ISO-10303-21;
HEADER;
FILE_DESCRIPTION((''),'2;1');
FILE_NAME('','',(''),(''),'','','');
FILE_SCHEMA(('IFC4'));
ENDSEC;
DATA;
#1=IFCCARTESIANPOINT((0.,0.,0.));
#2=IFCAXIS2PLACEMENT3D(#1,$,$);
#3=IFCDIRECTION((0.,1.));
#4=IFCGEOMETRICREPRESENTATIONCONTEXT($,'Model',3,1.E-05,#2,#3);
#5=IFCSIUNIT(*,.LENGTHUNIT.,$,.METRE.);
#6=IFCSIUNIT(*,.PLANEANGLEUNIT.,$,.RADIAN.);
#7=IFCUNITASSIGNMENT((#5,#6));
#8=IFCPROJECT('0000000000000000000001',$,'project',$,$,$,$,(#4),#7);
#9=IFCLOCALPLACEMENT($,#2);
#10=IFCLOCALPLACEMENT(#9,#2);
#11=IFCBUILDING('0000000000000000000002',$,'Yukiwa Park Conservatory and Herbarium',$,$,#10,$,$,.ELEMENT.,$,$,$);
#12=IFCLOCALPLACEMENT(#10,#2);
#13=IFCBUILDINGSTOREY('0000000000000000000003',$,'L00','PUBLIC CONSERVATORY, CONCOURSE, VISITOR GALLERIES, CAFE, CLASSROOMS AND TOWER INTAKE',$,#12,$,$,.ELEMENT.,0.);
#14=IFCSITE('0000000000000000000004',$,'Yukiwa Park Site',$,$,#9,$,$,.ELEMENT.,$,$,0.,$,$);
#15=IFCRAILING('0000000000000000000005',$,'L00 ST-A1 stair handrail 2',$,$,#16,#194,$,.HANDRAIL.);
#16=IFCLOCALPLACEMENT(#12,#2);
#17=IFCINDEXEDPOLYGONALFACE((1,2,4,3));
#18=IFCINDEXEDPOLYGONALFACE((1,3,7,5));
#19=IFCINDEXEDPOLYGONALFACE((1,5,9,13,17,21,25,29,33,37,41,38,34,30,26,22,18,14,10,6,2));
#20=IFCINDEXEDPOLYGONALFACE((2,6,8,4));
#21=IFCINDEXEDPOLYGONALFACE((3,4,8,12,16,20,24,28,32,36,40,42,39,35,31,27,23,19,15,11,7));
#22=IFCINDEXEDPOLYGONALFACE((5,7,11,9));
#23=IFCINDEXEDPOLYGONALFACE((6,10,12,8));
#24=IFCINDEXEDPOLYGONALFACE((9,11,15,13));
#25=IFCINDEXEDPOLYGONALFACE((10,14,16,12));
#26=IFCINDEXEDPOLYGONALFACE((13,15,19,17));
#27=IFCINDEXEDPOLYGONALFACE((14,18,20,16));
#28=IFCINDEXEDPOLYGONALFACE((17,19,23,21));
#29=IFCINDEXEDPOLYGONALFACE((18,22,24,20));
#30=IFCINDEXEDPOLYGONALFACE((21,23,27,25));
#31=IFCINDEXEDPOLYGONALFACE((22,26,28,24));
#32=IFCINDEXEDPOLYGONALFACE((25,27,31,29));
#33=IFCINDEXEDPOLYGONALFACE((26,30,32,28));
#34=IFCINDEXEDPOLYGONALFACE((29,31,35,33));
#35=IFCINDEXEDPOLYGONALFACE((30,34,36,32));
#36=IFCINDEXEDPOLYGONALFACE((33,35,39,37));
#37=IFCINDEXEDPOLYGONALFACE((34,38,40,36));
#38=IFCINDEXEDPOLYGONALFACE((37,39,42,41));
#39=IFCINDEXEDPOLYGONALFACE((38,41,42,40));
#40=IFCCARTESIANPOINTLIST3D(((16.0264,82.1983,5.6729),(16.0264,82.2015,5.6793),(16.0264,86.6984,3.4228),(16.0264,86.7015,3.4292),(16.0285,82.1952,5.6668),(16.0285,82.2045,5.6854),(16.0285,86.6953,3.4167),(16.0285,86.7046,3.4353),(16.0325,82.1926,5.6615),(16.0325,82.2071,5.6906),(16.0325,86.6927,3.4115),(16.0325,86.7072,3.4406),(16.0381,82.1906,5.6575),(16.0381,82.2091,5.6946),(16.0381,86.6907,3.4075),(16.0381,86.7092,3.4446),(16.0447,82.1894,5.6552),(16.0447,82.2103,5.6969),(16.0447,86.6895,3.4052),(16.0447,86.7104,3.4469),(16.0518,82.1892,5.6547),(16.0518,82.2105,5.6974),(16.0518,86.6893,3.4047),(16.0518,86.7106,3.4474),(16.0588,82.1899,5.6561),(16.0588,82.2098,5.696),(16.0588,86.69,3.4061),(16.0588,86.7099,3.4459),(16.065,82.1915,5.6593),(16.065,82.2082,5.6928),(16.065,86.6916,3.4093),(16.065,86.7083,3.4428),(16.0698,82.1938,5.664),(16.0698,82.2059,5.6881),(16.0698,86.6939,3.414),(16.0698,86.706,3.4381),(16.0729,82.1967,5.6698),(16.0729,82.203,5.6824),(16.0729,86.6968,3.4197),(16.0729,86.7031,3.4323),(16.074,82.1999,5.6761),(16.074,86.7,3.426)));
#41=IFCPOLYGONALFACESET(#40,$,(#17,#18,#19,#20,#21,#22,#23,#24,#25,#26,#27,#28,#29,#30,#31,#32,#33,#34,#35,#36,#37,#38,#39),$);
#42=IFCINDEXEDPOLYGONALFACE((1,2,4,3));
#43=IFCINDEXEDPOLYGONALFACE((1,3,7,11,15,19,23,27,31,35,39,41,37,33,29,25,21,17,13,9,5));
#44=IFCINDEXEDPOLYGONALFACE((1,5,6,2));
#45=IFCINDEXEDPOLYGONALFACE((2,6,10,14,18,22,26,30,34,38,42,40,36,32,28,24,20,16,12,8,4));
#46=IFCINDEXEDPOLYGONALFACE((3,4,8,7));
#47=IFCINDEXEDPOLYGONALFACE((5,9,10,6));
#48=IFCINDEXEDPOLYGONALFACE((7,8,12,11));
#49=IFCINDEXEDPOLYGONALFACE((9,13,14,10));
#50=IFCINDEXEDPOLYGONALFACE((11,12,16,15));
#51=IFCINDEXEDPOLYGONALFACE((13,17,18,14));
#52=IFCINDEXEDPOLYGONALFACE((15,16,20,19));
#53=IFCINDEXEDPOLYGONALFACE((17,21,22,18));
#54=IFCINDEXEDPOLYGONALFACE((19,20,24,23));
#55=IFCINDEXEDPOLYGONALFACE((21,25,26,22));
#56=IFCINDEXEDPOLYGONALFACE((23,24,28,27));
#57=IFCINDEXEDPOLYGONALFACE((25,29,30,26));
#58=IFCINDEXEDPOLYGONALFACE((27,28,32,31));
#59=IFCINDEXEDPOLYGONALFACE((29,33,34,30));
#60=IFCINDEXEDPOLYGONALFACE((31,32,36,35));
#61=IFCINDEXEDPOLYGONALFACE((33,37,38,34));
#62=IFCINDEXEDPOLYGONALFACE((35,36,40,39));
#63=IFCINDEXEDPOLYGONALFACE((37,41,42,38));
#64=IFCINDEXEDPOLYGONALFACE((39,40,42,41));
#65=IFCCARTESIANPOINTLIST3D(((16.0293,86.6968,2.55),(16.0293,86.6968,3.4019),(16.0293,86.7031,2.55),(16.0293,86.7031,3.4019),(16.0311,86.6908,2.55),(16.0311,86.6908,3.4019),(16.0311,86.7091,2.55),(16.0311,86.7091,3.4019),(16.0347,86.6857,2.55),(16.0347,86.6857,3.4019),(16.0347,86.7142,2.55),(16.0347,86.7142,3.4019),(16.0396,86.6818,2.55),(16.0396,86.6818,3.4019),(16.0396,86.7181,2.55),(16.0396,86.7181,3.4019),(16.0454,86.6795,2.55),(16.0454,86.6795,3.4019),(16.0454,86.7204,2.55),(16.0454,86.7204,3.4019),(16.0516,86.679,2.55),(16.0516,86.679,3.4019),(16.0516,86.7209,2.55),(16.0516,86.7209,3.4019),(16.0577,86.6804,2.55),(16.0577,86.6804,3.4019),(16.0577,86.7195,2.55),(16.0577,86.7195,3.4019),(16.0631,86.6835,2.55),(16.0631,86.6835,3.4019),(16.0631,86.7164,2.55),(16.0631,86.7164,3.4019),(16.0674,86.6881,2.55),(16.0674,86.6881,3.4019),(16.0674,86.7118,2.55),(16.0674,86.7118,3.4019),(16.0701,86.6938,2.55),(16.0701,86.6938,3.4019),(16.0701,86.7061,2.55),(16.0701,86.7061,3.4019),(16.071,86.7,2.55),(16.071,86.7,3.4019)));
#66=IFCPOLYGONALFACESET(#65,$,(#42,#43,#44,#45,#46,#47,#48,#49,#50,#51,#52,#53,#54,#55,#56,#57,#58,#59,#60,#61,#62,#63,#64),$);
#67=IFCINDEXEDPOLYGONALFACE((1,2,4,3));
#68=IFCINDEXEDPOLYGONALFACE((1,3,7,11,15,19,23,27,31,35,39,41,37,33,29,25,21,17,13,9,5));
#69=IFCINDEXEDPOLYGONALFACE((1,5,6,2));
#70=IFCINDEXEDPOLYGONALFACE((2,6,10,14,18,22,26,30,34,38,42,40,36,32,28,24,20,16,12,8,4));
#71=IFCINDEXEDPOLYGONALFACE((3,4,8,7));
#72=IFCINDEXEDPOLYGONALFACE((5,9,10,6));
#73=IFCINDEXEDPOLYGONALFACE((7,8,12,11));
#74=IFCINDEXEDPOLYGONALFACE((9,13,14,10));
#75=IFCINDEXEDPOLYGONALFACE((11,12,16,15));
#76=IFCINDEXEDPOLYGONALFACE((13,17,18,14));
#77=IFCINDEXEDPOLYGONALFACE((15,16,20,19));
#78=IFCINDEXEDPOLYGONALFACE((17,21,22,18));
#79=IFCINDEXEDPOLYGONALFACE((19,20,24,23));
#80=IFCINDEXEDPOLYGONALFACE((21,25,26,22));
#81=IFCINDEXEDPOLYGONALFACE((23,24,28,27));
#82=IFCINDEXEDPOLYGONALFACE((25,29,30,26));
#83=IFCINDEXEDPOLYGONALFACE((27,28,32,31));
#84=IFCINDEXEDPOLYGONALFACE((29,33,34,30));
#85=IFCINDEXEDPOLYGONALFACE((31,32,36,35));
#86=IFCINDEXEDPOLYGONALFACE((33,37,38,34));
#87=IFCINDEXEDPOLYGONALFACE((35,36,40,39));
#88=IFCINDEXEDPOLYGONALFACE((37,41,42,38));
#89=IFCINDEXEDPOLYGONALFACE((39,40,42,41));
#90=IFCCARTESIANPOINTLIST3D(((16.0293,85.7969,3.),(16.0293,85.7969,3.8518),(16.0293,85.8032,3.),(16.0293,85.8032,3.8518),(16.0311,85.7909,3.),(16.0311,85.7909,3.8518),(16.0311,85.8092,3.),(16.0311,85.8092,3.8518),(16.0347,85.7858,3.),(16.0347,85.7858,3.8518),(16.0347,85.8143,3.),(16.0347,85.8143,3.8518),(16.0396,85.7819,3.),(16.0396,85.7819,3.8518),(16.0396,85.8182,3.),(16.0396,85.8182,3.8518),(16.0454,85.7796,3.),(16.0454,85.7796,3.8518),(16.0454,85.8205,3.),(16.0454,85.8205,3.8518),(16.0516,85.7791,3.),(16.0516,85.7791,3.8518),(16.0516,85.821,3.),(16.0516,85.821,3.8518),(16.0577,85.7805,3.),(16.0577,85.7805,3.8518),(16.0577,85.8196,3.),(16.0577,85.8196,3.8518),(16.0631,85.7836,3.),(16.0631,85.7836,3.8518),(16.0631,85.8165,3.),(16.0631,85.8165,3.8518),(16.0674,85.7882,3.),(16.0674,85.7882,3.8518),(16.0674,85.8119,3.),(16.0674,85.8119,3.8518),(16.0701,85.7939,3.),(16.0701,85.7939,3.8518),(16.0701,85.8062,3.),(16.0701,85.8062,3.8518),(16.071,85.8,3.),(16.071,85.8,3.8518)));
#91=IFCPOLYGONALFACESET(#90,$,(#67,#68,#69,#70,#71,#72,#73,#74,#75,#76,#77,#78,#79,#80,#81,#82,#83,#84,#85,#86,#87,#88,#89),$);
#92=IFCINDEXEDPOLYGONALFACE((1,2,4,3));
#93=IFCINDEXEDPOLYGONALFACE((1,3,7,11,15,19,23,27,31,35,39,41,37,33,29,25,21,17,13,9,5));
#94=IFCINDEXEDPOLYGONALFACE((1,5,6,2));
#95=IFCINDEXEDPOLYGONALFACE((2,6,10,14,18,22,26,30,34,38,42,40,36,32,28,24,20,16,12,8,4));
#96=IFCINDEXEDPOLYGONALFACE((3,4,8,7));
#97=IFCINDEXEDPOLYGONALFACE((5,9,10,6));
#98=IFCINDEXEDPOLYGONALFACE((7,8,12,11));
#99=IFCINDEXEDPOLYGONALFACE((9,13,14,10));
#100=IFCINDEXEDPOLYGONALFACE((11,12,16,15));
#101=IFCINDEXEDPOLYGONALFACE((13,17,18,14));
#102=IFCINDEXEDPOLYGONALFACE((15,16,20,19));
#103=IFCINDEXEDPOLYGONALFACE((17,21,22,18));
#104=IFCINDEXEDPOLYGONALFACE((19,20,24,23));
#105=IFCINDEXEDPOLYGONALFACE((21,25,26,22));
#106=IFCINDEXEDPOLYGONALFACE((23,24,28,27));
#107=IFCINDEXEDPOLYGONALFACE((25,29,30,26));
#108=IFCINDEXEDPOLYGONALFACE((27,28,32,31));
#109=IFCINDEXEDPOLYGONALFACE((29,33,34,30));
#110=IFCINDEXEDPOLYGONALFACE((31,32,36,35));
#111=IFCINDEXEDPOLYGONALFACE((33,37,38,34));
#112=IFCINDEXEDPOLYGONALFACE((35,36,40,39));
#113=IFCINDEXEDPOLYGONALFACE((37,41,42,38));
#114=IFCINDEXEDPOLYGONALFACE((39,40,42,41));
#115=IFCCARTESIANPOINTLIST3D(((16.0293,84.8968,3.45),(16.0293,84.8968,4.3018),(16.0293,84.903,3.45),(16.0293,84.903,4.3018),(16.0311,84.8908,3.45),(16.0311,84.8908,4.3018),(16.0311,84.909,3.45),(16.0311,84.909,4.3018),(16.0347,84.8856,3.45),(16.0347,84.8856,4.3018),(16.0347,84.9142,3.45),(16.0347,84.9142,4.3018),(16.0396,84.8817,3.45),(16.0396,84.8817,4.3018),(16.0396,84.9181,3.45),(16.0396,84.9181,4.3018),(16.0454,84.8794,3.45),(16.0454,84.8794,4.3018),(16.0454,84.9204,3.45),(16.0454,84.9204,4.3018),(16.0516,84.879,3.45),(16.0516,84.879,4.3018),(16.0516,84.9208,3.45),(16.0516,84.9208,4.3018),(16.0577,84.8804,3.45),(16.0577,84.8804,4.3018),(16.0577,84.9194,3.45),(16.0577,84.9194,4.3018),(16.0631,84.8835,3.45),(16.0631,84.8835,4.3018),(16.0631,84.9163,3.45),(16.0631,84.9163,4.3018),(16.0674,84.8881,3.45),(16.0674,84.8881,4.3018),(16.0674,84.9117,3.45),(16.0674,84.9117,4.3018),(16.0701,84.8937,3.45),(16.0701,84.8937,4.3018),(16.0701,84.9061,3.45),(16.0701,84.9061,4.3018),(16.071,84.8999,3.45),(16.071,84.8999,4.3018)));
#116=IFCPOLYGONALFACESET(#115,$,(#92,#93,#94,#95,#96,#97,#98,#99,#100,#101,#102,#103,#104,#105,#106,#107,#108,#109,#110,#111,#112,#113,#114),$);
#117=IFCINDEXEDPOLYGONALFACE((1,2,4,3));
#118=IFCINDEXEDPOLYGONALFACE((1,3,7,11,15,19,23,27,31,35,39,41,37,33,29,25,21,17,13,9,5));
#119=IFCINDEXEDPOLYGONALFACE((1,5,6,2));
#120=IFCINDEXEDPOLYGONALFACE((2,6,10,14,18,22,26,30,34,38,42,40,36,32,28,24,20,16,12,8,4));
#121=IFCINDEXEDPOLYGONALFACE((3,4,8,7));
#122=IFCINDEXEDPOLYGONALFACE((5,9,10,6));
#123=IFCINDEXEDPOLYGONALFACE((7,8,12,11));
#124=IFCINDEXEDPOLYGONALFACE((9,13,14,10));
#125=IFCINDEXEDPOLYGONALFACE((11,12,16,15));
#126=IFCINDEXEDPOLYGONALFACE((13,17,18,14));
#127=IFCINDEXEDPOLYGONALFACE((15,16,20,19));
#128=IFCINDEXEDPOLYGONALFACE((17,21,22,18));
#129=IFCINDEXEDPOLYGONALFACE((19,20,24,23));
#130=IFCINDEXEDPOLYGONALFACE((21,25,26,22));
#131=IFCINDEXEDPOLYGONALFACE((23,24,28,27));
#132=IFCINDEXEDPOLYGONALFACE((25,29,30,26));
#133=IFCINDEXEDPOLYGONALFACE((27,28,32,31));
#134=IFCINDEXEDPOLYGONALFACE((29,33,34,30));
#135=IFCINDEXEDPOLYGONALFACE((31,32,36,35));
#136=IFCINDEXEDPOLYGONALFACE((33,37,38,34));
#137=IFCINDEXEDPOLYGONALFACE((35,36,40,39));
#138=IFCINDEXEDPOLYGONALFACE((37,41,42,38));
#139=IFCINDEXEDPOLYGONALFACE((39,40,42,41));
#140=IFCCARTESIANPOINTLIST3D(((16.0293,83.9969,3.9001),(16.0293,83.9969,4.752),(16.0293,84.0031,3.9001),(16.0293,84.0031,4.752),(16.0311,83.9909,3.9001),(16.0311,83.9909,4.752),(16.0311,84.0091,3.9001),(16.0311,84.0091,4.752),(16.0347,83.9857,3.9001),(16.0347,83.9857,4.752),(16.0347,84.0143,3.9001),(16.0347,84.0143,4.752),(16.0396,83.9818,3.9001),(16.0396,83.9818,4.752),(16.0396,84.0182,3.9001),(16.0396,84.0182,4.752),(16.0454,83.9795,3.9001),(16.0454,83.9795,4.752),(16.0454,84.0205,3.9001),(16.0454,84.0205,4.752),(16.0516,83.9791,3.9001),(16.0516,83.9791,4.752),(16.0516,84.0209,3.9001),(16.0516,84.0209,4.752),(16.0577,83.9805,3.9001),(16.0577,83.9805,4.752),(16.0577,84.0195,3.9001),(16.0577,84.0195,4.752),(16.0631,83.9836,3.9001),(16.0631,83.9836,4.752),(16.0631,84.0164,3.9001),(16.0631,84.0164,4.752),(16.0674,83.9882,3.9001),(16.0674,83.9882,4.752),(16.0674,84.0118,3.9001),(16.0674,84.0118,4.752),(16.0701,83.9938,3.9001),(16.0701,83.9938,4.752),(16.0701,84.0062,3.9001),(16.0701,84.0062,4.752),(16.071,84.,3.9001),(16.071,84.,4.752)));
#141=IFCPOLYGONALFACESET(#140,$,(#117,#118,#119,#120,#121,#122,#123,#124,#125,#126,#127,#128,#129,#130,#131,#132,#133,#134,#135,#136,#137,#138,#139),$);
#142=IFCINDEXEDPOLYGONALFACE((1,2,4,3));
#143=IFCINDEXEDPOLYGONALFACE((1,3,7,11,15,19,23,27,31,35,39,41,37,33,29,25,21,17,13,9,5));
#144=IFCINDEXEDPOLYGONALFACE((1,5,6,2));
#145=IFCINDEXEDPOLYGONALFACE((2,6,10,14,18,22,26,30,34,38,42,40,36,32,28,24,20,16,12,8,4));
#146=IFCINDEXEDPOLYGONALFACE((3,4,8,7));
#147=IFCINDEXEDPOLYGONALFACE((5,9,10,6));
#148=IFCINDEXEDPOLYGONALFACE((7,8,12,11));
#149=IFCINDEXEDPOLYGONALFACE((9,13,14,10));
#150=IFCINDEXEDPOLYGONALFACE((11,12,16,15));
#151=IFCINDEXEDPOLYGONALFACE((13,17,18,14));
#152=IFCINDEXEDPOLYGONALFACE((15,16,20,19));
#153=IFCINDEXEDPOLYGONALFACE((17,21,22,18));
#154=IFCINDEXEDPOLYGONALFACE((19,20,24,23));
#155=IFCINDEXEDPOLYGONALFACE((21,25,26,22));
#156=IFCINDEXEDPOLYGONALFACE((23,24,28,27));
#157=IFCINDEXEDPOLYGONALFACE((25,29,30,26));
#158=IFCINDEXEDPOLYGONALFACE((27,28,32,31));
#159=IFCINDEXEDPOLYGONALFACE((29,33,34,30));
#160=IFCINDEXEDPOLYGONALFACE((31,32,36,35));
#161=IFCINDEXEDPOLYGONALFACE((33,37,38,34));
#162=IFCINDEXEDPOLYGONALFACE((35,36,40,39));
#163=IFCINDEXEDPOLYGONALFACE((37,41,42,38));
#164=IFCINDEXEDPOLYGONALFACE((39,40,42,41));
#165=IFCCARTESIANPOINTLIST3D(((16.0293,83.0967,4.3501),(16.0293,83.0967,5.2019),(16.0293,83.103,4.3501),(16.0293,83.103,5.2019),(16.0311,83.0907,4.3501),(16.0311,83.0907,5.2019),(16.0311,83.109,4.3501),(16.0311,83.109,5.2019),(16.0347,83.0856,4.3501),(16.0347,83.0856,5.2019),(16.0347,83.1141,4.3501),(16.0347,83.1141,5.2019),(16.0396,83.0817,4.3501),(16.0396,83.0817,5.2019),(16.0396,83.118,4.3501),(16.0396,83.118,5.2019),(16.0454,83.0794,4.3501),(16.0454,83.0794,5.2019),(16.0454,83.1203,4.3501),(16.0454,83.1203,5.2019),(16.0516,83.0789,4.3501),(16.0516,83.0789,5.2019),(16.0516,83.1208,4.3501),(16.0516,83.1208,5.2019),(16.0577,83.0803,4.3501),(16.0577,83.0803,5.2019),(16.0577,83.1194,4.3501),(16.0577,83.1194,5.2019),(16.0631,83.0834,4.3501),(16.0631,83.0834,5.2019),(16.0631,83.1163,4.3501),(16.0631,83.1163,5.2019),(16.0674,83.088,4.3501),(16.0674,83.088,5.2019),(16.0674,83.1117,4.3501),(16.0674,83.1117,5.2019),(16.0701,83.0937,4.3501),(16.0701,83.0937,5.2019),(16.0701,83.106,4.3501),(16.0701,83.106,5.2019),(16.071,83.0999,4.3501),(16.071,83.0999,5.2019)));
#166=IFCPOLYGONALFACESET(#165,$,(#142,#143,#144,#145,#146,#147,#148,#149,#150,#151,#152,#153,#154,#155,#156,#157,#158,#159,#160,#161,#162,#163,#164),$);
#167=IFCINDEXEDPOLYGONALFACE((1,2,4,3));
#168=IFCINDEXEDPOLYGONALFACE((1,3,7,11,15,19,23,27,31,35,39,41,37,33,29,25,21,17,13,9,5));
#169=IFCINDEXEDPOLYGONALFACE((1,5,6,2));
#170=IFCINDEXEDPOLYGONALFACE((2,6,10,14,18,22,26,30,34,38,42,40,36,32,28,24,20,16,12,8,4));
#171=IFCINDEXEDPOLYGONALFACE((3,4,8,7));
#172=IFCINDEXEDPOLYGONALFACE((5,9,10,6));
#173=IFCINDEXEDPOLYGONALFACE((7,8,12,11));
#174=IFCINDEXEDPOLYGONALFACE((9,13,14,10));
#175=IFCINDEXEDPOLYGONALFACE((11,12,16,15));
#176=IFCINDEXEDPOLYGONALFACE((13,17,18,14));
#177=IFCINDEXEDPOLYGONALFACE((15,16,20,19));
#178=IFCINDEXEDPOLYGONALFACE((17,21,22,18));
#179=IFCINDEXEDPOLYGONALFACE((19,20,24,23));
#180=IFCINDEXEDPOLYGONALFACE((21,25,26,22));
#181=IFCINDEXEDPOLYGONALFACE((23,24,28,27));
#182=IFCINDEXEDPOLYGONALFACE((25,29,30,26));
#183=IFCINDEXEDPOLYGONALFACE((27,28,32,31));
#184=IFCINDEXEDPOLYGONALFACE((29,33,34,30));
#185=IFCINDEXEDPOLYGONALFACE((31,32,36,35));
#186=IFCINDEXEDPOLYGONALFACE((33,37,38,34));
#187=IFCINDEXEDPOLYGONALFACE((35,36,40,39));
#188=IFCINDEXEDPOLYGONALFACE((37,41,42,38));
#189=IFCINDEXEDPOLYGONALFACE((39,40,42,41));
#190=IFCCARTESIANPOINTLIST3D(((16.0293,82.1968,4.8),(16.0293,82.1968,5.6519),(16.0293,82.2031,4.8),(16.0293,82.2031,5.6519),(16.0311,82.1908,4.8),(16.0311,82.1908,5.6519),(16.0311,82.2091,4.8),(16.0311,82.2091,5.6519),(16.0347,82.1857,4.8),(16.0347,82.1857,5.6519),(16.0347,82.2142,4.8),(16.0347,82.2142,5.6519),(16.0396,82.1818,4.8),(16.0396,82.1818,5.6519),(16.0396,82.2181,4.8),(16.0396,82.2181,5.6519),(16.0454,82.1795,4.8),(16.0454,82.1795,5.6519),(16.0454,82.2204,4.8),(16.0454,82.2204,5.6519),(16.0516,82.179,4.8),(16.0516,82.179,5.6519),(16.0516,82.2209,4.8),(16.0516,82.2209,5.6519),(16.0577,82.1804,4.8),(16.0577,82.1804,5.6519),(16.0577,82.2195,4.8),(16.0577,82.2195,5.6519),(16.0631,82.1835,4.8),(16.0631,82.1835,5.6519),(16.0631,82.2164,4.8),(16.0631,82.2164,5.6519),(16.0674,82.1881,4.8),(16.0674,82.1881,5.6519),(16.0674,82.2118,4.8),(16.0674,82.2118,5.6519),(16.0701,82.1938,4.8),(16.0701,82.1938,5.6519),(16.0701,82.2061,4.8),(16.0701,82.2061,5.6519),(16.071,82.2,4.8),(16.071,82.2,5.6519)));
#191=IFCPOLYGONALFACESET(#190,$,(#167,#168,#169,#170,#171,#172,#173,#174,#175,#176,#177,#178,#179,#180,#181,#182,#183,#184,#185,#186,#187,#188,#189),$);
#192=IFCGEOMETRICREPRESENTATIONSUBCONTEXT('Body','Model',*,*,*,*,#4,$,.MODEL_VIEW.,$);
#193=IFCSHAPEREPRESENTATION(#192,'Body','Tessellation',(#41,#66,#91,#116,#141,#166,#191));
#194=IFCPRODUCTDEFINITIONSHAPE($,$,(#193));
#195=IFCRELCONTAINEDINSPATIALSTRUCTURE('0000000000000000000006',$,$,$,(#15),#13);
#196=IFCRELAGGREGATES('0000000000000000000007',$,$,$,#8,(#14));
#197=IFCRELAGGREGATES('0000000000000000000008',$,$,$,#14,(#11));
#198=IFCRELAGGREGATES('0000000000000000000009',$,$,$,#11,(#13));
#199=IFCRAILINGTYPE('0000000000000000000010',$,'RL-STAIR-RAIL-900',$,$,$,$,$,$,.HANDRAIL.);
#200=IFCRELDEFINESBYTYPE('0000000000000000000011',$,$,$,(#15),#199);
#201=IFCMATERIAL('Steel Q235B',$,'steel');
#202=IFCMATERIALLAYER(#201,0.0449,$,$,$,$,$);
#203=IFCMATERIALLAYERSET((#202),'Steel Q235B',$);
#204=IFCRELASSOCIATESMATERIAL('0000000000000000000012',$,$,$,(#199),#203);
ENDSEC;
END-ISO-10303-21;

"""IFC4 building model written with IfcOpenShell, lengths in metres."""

from ifc_helpers import new_model, si_unit, direction, frame, origin, origin_2d, place, context, subcontext, project, spatial, circle, extrude, material, layer, layer_set, type_object, element, save


model = new_model("IFC4")

# Units and contexts
model_context = context("Model", 3, precision=1e-05, world=origin(), true_north=direction((0.0, 1.0)))
body_context = subcontext(model_context, "Body", "Model", "MODEL_VIEW")
ifc_project = project(units=[si_unit("LENGTHUNIT", "METRE"), si_unit("PLANEANGLEUNIT", "RADIAN")], contexts=[model_context])

# Site, building, storey
site_placement = place(None, origin())
site = spatial("IfcSite", under=ifc_project, at=site_placement, Name="Yukiwa Park Site", CompositionType="ELEMENT", RefElevation=0.0)
building_placement = place(site_placement, origin())
building = spatial("IfcBuilding", under=site, at=building_placement, Name="Yukiwa Park Conservatory and Herbarium", CompositionType="ELEMENT")
storey_placement = place(building_placement, origin())
storey = spatial("IfcBuildingStorey", under=building, at=storey_placement, Name="L00", Description="PUBLIC CONSERVATORY, CONCOURSE, VISITOR GALLERIES, CAFE, CLASSROOMS AND TOWER INTAKE", CompositionType="ELEMENT", Elevation=0.0)

# Railing
ifc_material_1 = material(Name="Steel Q235B", Category="steel")
ifc_layer_1 = layer(ifc_material_1, 0.0449)
ifc_layer_set_1 = layer_set([ifc_layer_1], Name="Steel Q235B")
railing_type_1 = type_object("IfcRailingType", Name="RL-STAIR-RAIL-900", PredefinedType="HANDRAIL", material=ifc_layer_set_1)
railing_1_placement = place(storey_placement, frame((16.05, 86.7, 2.55)))
element("IfcRailing", 1, at=railing_1_placement, inside=storey, type_object=railing_type_1, Name="L00 ST-A1 stair handrail 2", PredefinedType="HANDRAIL", context=body_context, shape_type="SweptSolid", body=[
    extrude(circle(Radius=0.0239, at=origin_2d()), frame((0.0, 0.0, 0.876), z_axis=(0.0, -0.894427, 0.447214), x_axis=(1.0, 0.0, 0.0)), (0.0, 0.0, 1.0), 5.0312),
    extrude(circle(Radius=0.021, at=origin_2d()), origin(), (0.0, 0.0, 1.0), 0.8518),
    extrude(circle(Radius=0.021, at=origin_2d()), frame((0.0, -0.8999, 0.45)), (0.0, 0.0, 1.0), 0.8518),
    extrude(circle(Radius=0.021, at=origin_2d()), frame((0.0, -1.8, 0.8999)), (0.0, 0.0, 1.0), 0.8518),
    extrude(circle(Radius=0.021, at=origin_2d()), frame((0.0, -2.7, 1.3501)), (0.0, 0.0, 1.0), 0.8518),
    extrude(circle(Radius=0.021, at=origin_2d()), frame((0.0, -3.6001, 1.8)), (0.0, 0.0, 1.0), 0.8518),
    extrude(circle(Radius=0.021, at=origin_2d()), frame((0.0, -4.5, 2.25)), (0.0, 0.0, 1.0), 0.8518),
])

save(model, "model.ifc")
